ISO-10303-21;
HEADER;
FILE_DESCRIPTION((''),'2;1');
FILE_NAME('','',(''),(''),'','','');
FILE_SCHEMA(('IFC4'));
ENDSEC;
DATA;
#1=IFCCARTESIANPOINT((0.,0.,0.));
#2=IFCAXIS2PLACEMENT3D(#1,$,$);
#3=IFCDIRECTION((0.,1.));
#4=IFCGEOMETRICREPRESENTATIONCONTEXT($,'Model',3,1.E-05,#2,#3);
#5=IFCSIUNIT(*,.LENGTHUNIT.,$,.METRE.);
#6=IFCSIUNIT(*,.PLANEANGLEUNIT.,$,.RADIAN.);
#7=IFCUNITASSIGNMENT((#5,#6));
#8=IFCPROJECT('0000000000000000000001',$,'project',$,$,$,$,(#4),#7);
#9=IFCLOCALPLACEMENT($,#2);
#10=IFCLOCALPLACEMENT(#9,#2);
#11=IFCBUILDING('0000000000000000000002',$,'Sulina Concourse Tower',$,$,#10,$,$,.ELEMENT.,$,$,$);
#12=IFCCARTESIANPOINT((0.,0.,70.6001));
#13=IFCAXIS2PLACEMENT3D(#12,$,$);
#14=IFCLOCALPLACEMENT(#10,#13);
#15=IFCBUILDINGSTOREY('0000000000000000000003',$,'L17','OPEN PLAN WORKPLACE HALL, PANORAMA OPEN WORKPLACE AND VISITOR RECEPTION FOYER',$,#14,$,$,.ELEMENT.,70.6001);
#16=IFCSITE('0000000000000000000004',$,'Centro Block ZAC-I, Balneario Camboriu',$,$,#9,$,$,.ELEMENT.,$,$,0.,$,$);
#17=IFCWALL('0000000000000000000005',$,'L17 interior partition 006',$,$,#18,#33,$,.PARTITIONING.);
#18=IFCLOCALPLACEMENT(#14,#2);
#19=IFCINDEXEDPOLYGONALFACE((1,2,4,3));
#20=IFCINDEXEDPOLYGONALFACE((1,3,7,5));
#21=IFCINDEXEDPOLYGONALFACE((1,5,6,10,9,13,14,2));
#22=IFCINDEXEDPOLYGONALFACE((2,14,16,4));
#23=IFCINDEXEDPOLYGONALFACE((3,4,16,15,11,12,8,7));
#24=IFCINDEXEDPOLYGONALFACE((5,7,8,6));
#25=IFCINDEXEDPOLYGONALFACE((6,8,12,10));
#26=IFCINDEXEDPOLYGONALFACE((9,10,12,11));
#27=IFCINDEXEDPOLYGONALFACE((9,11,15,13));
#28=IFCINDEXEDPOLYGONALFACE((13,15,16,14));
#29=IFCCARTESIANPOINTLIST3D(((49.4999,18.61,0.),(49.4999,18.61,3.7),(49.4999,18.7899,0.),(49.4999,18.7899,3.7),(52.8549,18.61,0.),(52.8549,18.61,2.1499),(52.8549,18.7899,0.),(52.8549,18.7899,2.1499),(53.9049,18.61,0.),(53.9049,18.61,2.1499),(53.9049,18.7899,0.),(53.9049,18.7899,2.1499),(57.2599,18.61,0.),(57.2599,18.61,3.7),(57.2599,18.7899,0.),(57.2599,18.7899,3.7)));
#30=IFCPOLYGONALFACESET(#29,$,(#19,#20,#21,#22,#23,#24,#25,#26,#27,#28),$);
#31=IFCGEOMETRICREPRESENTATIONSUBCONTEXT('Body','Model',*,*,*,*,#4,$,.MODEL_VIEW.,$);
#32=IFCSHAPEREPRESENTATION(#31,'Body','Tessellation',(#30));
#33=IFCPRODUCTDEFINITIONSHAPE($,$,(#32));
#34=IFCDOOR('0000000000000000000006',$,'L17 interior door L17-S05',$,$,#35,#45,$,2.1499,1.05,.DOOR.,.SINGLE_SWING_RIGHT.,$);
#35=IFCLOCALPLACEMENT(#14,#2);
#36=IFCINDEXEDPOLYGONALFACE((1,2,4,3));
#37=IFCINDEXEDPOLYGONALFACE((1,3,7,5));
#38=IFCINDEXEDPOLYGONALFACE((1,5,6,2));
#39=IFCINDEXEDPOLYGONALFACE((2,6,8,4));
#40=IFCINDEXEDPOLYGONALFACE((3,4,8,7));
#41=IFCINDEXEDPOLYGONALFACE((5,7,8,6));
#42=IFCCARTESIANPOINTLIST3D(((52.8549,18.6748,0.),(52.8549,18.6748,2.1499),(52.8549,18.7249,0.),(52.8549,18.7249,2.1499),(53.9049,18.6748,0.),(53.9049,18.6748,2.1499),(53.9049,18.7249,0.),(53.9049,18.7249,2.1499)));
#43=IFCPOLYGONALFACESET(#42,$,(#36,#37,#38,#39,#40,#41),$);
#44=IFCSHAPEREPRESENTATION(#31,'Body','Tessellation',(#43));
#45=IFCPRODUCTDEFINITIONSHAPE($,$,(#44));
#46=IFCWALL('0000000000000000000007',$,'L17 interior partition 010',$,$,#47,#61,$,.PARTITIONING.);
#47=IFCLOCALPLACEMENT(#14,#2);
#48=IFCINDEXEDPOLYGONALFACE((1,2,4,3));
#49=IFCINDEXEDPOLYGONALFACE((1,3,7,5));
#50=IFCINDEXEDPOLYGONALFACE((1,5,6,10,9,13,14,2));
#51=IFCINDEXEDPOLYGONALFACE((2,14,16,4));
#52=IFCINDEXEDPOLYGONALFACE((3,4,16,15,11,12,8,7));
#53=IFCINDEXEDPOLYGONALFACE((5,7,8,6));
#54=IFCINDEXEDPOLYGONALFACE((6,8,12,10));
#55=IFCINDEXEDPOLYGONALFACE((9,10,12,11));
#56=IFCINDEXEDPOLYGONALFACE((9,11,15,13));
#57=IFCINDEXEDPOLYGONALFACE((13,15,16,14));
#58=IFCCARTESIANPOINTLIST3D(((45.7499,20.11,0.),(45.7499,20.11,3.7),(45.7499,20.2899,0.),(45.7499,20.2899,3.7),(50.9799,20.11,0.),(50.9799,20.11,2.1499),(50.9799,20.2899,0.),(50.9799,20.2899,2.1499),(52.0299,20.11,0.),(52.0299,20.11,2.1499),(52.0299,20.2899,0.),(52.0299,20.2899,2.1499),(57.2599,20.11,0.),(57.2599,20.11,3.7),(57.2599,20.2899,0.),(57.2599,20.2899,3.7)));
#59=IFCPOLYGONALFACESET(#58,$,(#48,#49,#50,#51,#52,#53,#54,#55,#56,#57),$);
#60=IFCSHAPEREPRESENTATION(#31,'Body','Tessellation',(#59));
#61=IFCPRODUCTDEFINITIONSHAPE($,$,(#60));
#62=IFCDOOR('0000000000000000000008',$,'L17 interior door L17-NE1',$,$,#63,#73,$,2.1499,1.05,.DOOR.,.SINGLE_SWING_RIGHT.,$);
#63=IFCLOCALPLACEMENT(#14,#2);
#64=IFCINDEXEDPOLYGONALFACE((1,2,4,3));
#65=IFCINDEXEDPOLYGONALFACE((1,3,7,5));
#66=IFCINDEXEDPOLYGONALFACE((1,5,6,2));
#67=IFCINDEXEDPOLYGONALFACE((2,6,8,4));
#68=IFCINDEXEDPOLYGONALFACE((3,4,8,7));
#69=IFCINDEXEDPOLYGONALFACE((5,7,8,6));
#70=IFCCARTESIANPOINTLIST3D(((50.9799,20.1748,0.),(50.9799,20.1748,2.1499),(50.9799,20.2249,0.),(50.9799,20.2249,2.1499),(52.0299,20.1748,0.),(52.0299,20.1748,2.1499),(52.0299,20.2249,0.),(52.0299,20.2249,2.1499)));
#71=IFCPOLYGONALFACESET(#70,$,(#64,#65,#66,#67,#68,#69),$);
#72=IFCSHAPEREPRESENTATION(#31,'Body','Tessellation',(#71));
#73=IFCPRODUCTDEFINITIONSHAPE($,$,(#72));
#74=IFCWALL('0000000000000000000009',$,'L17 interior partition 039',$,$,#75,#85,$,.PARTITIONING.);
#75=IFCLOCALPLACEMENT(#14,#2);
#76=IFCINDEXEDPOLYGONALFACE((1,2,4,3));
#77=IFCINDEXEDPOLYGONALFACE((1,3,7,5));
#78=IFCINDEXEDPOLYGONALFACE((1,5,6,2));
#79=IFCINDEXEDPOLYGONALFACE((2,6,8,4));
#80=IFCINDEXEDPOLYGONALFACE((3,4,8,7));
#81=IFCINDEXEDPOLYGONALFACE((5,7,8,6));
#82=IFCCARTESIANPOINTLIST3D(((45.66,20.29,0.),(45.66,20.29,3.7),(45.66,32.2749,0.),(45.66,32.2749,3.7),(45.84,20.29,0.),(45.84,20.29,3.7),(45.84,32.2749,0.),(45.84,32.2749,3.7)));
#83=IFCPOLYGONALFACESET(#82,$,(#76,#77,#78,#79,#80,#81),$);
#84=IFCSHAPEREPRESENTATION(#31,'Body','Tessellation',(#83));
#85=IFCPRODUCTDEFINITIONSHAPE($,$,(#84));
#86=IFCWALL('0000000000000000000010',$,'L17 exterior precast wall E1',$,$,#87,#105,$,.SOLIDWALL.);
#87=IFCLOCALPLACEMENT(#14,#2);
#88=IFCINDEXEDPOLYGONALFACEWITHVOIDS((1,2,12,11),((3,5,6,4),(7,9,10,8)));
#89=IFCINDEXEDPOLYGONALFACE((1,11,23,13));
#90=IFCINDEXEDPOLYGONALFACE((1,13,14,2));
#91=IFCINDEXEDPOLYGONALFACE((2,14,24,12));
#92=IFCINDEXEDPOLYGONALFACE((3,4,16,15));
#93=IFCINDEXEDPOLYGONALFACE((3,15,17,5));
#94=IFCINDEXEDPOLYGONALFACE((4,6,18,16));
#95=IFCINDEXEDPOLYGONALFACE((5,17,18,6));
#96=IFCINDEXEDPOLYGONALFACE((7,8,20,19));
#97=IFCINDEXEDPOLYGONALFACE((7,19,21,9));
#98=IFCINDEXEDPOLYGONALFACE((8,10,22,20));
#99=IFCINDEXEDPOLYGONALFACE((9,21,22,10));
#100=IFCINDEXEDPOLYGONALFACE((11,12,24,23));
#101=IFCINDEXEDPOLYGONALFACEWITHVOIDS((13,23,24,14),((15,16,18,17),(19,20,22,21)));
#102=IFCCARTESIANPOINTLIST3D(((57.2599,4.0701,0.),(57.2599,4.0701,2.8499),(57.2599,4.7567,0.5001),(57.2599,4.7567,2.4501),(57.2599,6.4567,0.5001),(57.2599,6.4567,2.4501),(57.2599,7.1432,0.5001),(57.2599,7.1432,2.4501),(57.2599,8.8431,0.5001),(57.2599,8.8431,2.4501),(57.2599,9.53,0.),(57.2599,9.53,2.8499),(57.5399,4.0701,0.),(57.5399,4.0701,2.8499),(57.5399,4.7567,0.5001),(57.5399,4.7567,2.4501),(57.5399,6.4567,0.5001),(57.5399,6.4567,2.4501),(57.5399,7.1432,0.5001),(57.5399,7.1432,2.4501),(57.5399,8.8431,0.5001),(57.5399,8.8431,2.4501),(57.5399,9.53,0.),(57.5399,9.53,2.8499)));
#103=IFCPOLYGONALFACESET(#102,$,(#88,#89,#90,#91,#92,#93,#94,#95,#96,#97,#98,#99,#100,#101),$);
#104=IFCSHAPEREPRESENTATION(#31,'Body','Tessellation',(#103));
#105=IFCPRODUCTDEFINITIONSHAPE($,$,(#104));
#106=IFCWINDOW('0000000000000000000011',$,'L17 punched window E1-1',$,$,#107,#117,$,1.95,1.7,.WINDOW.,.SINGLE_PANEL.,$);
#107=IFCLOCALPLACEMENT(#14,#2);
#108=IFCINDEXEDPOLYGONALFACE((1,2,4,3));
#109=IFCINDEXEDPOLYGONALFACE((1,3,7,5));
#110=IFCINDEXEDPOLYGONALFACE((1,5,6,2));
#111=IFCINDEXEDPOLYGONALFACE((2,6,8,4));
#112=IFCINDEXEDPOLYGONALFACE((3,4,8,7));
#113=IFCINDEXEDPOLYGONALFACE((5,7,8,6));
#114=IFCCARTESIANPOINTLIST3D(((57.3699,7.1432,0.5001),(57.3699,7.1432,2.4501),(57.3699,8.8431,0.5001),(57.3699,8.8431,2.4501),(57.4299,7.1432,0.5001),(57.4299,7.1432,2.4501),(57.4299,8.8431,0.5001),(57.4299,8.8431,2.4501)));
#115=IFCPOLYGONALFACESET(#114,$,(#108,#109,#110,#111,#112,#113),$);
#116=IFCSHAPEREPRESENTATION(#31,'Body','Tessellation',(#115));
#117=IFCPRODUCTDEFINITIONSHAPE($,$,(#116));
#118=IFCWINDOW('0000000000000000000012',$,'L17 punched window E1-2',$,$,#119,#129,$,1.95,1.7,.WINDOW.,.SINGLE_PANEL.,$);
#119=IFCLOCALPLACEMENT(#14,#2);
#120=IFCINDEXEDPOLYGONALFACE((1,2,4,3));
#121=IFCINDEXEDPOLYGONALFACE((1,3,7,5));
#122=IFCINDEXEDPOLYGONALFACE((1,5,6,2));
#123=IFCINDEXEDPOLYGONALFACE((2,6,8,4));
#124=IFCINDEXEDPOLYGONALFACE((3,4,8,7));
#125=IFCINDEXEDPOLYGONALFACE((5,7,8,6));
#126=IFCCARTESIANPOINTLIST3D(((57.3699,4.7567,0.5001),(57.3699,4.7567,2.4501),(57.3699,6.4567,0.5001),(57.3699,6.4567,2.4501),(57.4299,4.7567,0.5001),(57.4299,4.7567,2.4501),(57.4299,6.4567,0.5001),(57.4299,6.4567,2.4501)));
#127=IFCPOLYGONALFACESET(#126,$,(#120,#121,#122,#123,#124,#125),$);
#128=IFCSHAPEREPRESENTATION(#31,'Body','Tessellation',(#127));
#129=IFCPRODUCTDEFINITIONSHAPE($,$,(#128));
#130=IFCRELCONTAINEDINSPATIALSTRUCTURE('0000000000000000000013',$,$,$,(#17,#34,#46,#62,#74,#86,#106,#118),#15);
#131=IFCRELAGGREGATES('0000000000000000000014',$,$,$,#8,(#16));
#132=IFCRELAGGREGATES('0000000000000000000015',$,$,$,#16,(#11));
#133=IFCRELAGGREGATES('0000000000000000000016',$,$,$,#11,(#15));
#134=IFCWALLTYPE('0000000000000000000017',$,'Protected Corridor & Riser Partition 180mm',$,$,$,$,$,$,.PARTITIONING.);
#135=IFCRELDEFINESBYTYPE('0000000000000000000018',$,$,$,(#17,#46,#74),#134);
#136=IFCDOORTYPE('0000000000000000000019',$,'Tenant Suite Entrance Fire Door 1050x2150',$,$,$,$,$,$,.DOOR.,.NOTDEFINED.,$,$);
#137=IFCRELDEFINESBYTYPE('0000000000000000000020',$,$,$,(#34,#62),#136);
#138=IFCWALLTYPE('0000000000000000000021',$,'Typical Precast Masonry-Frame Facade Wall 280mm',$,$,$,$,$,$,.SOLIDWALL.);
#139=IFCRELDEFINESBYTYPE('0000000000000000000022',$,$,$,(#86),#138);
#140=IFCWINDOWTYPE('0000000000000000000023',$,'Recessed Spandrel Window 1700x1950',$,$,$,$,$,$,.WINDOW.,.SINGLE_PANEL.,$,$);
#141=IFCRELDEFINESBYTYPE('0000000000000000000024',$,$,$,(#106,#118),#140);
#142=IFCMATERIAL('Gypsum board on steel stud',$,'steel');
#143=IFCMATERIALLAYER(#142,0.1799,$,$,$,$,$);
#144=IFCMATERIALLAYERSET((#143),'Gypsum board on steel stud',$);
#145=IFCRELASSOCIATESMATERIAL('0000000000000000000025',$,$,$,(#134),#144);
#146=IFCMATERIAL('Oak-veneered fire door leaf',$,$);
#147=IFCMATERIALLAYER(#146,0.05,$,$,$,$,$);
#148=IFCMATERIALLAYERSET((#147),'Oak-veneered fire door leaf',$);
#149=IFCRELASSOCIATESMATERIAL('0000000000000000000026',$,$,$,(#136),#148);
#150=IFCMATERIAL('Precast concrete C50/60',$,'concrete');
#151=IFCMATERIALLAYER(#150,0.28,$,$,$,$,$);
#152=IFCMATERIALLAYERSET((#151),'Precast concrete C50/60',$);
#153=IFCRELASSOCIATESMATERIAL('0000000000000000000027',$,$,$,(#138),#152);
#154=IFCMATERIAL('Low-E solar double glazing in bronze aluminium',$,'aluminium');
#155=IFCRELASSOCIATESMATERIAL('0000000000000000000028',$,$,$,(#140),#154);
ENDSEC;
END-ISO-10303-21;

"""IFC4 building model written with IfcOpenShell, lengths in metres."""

from ifc_helpers import new_model, si_unit, direction, frame, frame_2d, origin, place, context, subcontext, project, spatial, rectangle, extrude, material, layer, layer_set, type_object, element, fill, save


model = new_model("IFC4")

# Units and contexts
model_context = context("Model", 3, precision=1e-05, world=origin(), true_north=direction((0.0, 1.0)))
body_context = subcontext(model_context, "Body", "Model", "MODEL_VIEW")
ifc_project = project(units=[si_unit("LENGTHUNIT", "METRE"), si_unit("PLANEANGLEUNIT", "RADIAN")], contexts=[model_context])

# Site, building, storey
site_placement = place(None, origin())
site = spatial("IfcSite", under=ifc_project, at=site_placement, Name="Centro Block ZAC-I, Balneario Camboriu", CompositionType="ELEMENT", RefElevation=0.0)
building_placement = place(site_placement, origin())
building = spatial("IfcBuilding", under=site, at=building_placement, Name="Sulina Concourse Tower", CompositionType="ELEMENT")
storey_placement = place(building_placement, frame((0.0, 0.0, 70.6001)))
storey = spatial("IfcBuildingStorey", under=building, at=storey_placement, Name="L17", Description="OPEN PLAN WORKPLACE HALL, PANORAMA OPEN WORKPLACE AND VISITOR RECEPTION FOYER", CompositionType="ELEMENT", Elevation=70.6001)

# Walls, openings, doors
ifc_material_1 = material(Name="Gypsum board on steel stud", Category="steel")
ifc_layer_1 = layer(ifc_material_1, 0.1799)
ifc_layer_set_1 = layer_set([ifc_layer_1], Name="Gypsum board on steel stud")
wall_type_1 = type_object("IfcWallType", Name="Protected Corridor & Riser Partition 180mm", PredefinedType="PARTITIONING", material=ifc_layer_set_1)
wall_1_placement = place(storey_placement, frame((49.5, 18.7, 0.0), z_axis=(0.0, 0.0, 1.0), x_axis=(1.0, 0.0, 0.0)))
wall_1 = element("IfcWall", 1, at=wall_1_placement, inside=storey, type_object=wall_type_1, Name="L17 interior partition 006", PredefinedType="PARTITIONING", context=body_context, shape_type="SweptSolid", body=[
    extrude(rectangle(XDim=7.76, YDim=0.1799, at=frame_2d((3.8799, 0.0))), origin(), (0.0, 0.0, 1.0), 3.7),
])
opening_1_placement = place(wall_1_placement, frame((3.355, 0.0, 0.0)))
opening_1 = element("IfcOpeningElement", 2, at=opening_1_placement, cuts=wall_1, PredefinedType="OPENING", context=body_context, shape_type="SweptSolid", body=[
    extrude(rectangle(XDim=1.05, YDim=2.1499, at=frame_2d((0.5249, 1.075))), frame((0.0, 0.0999, 0.0), z_axis=(0.0, -1.0, 0.0), x_axis=(1.0, 0.0, 0.0)), (0.0, 0.0, 1.0), 0.2),
])
ifc_material_2 = material(Name="Oak-veneered fire door leaf")
ifc_layer_2 = layer(ifc_material_2, 0.05)
ifc_layer_set_2 = layer_set([ifc_layer_2], Name="Oak-veneered fire door leaf")
door_type = type_object("IfcDoorType", Name="Tenant Suite Entrance Fire Door 1050x2150", OperationType="NOTDEFINED", PredefinedType="DOOR", material=ifc_layer_set_2)
door_1_placement = place(opening_1_placement, origin())
door_1 = element("IfcDoor", 3, at=door_1_placement, inside=storey, type_object=door_type, Name="L17 interior door L17-S05", OperationType="SINGLE_SWING_RIGHT", OverallHeight=2.1499, OverallWidth=1.05, PredefinedType="DOOR", context=body_context, shape_type="SweptSolid", body=[
    extrude(rectangle(XDim=1.05, YDim=2.1499, at=frame_2d((0.5249, 1.075))), frame((0.0, 0.0249, 0.0), z_axis=(0.0, -1.0, 0.0), x_axis=(1.0, 0.0, 0.0)), (0.0, 0.0, 1.0), 0.05),
])
fill(opening_1, door_1)
wall_2_placement = place(storey_placement, frame((45.75, 20.2, 0.0), z_axis=(0.0, 0.0, 1.0), x_axis=(1.0, 0.0, 0.0)))
wall_2 = element("IfcWall", 4, at=wall_2_placement, inside=storey, type_object=wall_type_1, Name="L17 interior partition 010", PredefinedType="PARTITIONING", context=body_context, shape_type="SweptSolid", body=[
    extrude(rectangle(XDim=11.51, YDim=0.1799, at=frame_2d((5.7549, 0.0))), origin(), (0.0, 0.0, 1.0), 3.7),
])
opening_2_placement = place(wall_2_placement, frame((5.23, 0.0, 0.0)))
opening_2 = element("IfcOpeningElement", 5, at=opening_2_placement, cuts=wall_2, PredefinedType="OPENING", context=body_context, shape_type="SweptSolid", body=[
    extrude(rectangle(XDim=1.05, YDim=2.1499, at=frame_2d((0.5249, 1.075))), frame((0.0, 0.0999, 0.0), z_axis=(0.0, -1.0, 0.0), x_axis=(1.0, 0.0, 0.0)), (0.0, 0.0, 1.0), 0.2),
])
door_2_placement = place(opening_2_placement, origin())
door_2 = element("IfcDoor", 6, at=door_2_placement, inside=storey, type_object=door_type, Name="L17 interior door L17-NE1", OperationType="SINGLE_SWING_RIGHT", OverallHeight=2.1499, OverallWidth=1.05, PredefinedType="DOOR", context=body_context, shape_type="SweptSolid", body=[
    extrude(rectangle(XDim=1.05, YDim=2.1499, at=frame_2d((0.5249, 1.075))), frame((0.0, 0.0249, 0.0), z_axis=(0.0, -1.0, 0.0), x_axis=(1.0, 0.0, 0.0)), (0.0, 0.0, 1.0), 0.05),
])
fill(opening_2, door_2)

# Wall
wall_3_placement = place(storey_placement, frame((45.75, 20.29, 0.0), z_axis=(0.0, 0.0, 1.0), x_axis=(0.0, 1.0, 0.0)))
element("IfcWall", 7, at=wall_3_placement, inside=storey, type_object=wall_type_1, Name="L17 interior partition 039", PredefinedType="PARTITIONING", context=body_context, shape_type="SweptSolid", body=[
    extrude(rectangle(XDim=11.9849, YDim=0.1799, at=frame_2d((5.9924, 0.0))), origin(), (0.0, 0.0, 1.0), 3.7),
])

# Wall, openings, windows
ifc_material_3 = material(Name="Precast concrete C50/60", Category="concrete")
ifc_layer_3 = layer(ifc_material_3, 0.28)
ifc_layer_set_3 = layer_set([ifc_layer_3], Name="Precast concrete C50/60")
wall_type_2 = type_object("IfcWallType", Name="Typical Precast Masonry-Frame Facade Wall 280mm", PredefinedType="SOLIDWALL", material=ifc_layer_set_3)
wall_4_placement = place(storey_placement, frame((57.3999, 9.53, 0.0), z_axis=(0.0, 0.0, 1.0), x_axis=(0.0, -1.0, 0.0)))
wall_4 = element("IfcWall", 8, at=wall_4_placement, inside=storey, type_object=wall_type_2, Name="L17 exterior precast wall E1", PredefinedType="SOLIDWALL", context=body_context, shape_type="SweptSolid", body=[
    extrude(rectangle(XDim=5.46, YDim=0.28, at=frame_2d((2.73, 0.0))), origin(), (0.0, 0.0, 1.0), 2.8499),
])
opening_3_placement = place(wall_4_placement, frame((0.6868, 0.0, 0.5)))
opening_3 = element("IfcOpeningElement", 9, at=opening_3_placement, cuts=wall_4, PredefinedType="OPENING", context=body_context, shape_type="SweptSolid", body=[
    extrude(rectangle(XDim=1.7, YDim=1.95, at=frame_2d((0.8501, 0.9751))), frame((0.0, 0.1499, 0.0), z_axis=(0.0, -1.0, 0.0), x_axis=(1.0, 0.0, 0.0)), (0.0, 0.0, 1.0), 0.3),
])
opening_4_placement = place(wall_4_placement, frame((3.0732, 0.0, 0.5)))
opening_4 = element("IfcOpeningElement", 10, at=opening_4_placement, cuts=wall_4, PredefinedType="OPENING", context=body_context, shape_type="SweptSolid", body=[
    extrude(rectangle(XDim=1.7, YDim=1.95, at=frame_2d((0.8501, 0.9751))), frame((0.0, 0.1499, 0.0), z_axis=(0.0, -1.0, 0.0), x_axis=(1.0, 0.0, 0.0)), (0.0, 0.0, 1.0), 0.3),
])
ifc_material_4 = material(Name="Low-E solar double glazing in bronze aluminium", Category="aluminium")
window_type = type_object("IfcWindowType", Name="Recessed Spandrel Window 1700x1950", PartitioningType="SINGLE_PANEL", PredefinedType="WINDOW", material=ifc_material_4)
window_1_placement = place(opening_3_placement, origin())
window_1 = element("IfcWindow", 11, at=window_1_placement, inside=storey, type_object=window_type, Name="L17 punched window E1-1", OverallHeight=1.95, OverallWidth=1.7, PartitioningType="SINGLE_PANEL", PredefinedType="WINDOW", context=body_context, shape_type="SweptSolid", body=[
    extrude(rectangle(XDim=1.7, YDim=1.95, at=frame_2d((0.8501, 0.9751))), frame((0.0, 0.03, 0.0), z_axis=(0.0, -1.0, 0.0), x_axis=(1.0, 0.0, 0.0)), (0.0, 0.0, 1.0), 0.0601),
])
fill(opening_3, window_1)
window_2_placement = place(opening_4_placement, origin())
window_2 = element("IfcWindow", 12, at=window_2_placement, inside=storey, type_object=window_type, Name="L17 punched window E1-2", OverallHeight=1.95, OverallWidth=1.7, PartitioningType="SINGLE_PANEL", PredefinedType="WINDOW", context=body_context, shape_type="SweptSolid", body=[
    extrude(rectangle(XDim=1.7, YDim=1.95, at=frame_2d((0.8501, 0.9751))), frame((0.0, 0.03, 0.0), z_axis=(0.0, -1.0, 0.0), x_axis=(1.0, 0.0, 0.0)), (0.0, 0.0, 1.0), 0.0601),
])
fill(opening_4, window_2)

save(model, "model.ifc")
